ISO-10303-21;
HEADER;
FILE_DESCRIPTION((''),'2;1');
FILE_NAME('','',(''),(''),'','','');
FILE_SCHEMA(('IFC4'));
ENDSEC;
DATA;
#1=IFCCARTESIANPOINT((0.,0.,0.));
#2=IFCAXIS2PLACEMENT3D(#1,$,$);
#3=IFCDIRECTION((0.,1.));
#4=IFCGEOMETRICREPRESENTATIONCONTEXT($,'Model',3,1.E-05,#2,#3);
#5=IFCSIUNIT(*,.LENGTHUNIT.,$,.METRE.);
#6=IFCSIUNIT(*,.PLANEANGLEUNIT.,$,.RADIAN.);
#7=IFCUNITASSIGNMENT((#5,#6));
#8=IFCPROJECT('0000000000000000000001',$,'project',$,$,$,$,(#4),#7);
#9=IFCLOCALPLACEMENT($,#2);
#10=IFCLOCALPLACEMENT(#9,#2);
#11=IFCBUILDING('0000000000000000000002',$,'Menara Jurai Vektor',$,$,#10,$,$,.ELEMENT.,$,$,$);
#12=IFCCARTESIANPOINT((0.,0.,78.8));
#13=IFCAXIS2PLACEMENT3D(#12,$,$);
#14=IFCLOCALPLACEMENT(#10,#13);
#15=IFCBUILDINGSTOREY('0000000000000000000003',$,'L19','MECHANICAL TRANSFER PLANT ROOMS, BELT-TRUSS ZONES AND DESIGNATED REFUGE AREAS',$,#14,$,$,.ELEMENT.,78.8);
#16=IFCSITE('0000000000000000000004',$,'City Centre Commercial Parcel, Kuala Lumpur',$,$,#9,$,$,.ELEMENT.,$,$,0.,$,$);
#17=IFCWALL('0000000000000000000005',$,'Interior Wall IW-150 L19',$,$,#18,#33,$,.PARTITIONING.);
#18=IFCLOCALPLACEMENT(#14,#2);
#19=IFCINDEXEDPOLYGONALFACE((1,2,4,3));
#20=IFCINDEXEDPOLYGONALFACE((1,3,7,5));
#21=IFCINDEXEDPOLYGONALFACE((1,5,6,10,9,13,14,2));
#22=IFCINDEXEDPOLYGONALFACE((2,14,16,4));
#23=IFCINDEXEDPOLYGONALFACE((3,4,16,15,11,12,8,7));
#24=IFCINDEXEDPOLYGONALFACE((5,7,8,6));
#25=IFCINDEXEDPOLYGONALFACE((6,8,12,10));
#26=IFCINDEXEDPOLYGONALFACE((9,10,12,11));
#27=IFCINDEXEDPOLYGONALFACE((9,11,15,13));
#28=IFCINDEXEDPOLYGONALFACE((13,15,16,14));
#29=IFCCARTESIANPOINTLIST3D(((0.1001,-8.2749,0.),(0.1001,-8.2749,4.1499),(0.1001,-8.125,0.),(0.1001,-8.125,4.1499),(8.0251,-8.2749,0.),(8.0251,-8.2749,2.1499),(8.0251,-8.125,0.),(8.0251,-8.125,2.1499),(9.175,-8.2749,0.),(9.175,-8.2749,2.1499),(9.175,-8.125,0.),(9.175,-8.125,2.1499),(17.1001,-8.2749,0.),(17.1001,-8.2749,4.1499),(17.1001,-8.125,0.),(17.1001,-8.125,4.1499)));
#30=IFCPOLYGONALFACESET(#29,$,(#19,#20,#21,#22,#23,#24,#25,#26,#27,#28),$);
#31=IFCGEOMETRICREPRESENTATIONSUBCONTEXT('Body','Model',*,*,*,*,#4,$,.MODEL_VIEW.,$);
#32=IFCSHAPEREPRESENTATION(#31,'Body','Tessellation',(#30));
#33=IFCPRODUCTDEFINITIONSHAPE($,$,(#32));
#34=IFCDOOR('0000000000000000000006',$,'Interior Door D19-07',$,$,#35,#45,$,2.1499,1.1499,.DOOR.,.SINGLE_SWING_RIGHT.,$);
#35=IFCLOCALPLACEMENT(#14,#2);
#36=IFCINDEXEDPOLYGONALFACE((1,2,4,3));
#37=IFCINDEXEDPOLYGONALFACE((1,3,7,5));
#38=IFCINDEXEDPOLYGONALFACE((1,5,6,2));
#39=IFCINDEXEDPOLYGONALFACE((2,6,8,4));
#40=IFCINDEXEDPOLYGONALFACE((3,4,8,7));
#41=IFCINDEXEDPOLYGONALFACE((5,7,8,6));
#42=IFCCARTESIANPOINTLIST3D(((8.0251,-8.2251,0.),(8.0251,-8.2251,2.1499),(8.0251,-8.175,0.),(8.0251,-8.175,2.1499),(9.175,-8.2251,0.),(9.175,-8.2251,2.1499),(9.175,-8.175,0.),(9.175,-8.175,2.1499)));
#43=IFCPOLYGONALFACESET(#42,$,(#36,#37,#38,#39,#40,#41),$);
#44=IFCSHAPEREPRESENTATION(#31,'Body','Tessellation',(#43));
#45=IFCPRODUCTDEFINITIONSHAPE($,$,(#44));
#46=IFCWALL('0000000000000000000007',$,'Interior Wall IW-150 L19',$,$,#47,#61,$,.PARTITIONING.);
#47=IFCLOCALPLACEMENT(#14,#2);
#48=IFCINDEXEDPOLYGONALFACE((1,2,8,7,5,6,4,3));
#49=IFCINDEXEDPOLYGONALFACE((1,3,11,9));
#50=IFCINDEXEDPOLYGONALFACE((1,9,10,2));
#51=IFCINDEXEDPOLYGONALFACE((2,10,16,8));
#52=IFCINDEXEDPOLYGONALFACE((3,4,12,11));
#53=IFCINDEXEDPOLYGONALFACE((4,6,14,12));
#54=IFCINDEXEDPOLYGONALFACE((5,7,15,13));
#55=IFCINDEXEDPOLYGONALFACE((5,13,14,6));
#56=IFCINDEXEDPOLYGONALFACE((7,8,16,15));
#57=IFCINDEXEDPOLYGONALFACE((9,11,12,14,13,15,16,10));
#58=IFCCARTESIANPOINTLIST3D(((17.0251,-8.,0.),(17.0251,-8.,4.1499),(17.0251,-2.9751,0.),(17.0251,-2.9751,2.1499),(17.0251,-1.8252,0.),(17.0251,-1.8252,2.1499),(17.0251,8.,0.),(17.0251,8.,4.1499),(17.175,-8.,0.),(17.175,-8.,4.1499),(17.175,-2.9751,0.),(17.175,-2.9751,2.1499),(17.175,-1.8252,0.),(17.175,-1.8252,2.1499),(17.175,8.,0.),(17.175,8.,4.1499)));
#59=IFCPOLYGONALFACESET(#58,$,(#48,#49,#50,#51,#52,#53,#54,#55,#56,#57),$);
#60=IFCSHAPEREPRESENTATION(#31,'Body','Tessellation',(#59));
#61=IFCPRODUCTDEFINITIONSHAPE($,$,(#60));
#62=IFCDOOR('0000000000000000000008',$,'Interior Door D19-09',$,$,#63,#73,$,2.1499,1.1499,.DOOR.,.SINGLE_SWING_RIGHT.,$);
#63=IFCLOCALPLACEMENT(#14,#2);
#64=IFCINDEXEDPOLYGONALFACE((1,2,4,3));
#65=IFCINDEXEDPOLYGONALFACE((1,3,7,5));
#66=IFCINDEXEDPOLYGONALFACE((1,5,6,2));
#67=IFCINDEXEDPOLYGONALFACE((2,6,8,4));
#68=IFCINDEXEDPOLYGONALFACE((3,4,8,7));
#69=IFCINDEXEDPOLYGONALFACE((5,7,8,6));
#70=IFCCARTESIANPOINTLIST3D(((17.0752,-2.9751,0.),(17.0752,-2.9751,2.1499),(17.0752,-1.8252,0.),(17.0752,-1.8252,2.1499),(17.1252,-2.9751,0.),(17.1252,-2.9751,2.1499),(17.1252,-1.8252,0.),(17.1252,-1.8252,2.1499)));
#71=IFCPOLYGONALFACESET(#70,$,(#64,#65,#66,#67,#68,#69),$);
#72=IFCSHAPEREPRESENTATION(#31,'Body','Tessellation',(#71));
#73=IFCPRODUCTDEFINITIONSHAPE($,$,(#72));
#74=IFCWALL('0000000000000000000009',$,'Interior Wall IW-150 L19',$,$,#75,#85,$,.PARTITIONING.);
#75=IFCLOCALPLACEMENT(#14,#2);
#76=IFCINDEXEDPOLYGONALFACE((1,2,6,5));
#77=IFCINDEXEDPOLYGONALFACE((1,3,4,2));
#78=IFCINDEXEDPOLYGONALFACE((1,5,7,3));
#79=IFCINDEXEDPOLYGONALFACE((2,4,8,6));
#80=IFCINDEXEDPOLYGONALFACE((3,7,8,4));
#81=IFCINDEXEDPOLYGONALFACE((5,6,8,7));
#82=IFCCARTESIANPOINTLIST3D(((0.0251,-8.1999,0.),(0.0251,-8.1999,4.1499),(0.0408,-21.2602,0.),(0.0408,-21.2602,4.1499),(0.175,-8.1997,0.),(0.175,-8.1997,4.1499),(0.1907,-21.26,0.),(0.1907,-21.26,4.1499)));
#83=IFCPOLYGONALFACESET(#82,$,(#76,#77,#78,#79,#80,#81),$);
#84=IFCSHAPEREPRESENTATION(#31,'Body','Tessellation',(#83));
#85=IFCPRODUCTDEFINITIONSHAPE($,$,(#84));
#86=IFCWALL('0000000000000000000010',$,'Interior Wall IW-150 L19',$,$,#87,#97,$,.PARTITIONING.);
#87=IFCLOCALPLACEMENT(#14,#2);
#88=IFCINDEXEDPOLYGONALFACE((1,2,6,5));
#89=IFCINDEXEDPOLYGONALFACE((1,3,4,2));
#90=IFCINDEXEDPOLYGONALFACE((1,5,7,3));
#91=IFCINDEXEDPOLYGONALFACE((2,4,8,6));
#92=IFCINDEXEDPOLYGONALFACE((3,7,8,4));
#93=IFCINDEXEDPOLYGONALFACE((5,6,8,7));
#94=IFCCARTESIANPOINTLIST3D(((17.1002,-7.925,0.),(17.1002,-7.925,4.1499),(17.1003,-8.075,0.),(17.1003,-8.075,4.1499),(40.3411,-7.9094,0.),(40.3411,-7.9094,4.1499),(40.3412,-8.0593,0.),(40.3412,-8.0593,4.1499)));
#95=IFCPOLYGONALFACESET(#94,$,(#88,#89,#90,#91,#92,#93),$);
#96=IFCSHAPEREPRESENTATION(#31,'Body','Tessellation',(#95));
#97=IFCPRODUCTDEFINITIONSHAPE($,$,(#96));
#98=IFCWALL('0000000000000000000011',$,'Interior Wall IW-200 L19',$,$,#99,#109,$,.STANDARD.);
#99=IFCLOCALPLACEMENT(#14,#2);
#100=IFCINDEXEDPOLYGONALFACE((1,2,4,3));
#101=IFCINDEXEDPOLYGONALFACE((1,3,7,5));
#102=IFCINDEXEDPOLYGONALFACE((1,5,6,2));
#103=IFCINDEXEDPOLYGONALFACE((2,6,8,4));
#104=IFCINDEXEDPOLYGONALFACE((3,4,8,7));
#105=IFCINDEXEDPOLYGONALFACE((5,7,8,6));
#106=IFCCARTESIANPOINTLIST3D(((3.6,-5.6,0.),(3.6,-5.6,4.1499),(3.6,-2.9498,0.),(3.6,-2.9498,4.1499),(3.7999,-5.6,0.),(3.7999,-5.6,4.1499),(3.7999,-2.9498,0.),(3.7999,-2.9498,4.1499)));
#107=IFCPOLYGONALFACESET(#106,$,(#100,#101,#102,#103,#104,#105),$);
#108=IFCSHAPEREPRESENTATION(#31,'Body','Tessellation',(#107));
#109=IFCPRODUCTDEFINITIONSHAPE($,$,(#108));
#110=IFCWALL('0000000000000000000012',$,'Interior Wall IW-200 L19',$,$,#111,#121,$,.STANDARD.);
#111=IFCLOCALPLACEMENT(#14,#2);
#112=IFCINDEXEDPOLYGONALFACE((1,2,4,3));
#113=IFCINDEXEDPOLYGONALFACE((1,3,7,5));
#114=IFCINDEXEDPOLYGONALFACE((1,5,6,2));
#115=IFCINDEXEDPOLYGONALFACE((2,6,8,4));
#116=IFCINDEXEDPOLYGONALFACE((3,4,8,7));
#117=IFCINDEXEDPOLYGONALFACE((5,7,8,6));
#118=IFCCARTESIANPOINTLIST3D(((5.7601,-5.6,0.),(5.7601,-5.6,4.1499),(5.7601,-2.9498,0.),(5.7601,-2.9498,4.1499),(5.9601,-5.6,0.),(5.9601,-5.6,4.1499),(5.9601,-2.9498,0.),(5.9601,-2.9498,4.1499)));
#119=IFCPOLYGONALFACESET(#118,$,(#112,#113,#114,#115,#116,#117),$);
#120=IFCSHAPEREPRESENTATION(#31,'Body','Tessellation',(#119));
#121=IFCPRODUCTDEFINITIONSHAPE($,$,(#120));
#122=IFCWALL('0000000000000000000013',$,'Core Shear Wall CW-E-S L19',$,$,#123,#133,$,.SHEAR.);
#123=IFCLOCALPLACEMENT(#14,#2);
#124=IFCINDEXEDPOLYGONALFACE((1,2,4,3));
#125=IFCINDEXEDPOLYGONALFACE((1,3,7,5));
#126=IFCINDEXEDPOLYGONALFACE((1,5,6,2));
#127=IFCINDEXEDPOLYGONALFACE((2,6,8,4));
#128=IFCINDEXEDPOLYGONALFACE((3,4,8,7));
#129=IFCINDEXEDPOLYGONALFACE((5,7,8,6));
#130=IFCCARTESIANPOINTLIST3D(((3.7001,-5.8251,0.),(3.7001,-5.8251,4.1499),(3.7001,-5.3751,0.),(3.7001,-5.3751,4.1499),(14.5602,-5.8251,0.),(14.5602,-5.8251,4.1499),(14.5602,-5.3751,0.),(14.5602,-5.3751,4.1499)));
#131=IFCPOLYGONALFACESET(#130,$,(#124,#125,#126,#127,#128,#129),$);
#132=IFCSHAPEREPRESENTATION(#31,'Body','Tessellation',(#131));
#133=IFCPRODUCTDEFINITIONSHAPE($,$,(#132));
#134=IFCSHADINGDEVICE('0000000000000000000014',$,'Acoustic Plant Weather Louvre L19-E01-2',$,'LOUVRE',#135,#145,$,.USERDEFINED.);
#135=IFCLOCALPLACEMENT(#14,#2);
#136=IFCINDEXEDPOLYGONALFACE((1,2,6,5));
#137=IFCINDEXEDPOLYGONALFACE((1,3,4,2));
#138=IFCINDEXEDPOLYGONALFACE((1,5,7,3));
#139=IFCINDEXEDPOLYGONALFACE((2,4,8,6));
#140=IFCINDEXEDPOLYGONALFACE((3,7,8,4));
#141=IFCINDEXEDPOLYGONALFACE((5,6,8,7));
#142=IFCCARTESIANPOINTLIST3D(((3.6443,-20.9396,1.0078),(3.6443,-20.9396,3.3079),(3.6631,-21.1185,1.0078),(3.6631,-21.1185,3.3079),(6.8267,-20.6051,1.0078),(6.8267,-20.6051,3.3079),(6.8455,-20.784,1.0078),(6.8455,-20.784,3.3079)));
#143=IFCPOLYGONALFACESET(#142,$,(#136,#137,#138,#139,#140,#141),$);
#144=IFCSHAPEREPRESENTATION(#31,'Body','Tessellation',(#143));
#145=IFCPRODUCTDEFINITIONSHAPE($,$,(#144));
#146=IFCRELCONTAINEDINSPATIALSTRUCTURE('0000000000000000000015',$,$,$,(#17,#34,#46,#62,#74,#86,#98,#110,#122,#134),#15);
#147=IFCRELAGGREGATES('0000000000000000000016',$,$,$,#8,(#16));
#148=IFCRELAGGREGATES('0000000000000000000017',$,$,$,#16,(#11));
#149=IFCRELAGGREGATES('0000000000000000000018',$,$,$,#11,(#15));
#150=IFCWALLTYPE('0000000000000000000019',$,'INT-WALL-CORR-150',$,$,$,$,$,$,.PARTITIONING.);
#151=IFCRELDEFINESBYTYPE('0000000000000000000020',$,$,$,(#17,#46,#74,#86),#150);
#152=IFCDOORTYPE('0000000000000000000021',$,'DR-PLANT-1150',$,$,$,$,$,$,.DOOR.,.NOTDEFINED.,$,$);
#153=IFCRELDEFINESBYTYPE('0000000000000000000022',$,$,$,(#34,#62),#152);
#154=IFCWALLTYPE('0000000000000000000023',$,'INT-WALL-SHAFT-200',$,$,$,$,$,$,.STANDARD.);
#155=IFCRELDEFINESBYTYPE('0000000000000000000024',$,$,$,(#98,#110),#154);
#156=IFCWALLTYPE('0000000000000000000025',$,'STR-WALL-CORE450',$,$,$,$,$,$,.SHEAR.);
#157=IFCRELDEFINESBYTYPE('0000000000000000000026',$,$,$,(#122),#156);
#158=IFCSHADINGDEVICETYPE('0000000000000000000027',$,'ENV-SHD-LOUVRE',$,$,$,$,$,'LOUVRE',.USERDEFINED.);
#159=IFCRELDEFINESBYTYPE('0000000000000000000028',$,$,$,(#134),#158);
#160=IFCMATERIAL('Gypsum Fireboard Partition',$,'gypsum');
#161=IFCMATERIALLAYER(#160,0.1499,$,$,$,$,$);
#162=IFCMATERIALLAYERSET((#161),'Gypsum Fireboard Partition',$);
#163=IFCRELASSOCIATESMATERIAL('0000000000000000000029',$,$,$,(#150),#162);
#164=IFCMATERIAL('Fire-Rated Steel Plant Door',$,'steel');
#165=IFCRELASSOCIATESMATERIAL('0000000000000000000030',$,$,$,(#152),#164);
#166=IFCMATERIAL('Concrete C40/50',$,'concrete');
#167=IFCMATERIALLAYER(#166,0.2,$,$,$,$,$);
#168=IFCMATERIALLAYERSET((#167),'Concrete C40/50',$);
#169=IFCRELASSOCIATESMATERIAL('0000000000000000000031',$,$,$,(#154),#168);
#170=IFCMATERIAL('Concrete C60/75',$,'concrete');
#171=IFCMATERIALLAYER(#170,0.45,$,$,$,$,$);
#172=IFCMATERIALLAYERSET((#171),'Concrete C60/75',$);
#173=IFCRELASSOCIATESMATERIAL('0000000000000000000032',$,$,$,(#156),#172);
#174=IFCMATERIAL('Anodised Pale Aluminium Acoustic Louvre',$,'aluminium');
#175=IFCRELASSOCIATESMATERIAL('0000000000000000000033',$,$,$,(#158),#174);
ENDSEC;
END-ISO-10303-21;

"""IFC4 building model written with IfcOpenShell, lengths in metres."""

from ifc_helpers import new_model, si_unit, direction, frame, frame_2d, origin, origin_2d, place, context, subcontext, project, spatial, rectangle, extrude, material, layer, layer_set, type_object, element, fill, save


model = new_model("IFC4")

# Units and contexts
model_context = context("Model", 3, precision=1e-05, world=origin(), true_north=direction((0.0, 1.0)))
body_context = subcontext(model_context, "Body", "Model", "MODEL_VIEW")
ifc_project = project(units=[si_unit("LENGTHUNIT", "METRE"), si_unit("PLANEANGLEUNIT", "RADIAN")], contexts=[model_context])

# Site, building, storey
site_placement = place(None, origin())
site = spatial("IfcSite", under=ifc_project, at=site_placement, Name="City Centre Commercial Parcel, Kuala Lumpur", CompositionType="ELEMENT", RefElevation=0.0)
building_placement = place(site_placement, origin())
building = spatial("IfcBuilding", under=site, at=building_placement, Name="Menara Jurai Vektor", CompositionType="ELEMENT")
storey_placement = place(building_placement, frame((0.0, 0.0, 78.8)))
storey = spatial("IfcBuildingStorey", under=building, at=storey_placement, Name="L19", Description="MECHANICAL TRANSFER PLANT ROOMS, BELT-TRUSS ZONES AND DESIGNATED REFUGE AREAS", CompositionType="ELEMENT", Elevation=78.8)

# Shared definitions
ifc_material_1 = material(Name="Concrete C60/75", Category="concrete")

# Walls, openings, doors
ifc_material_2 = material(Name="Gypsum Fireboard Partition", Category="gypsum")
ifc_layer_1 = layer(ifc_material_2, 0.1499)
ifc_layer_set_1 = layer_set([ifc_layer_1], Name="Gypsum Fireboard Partition")
wall_type_1 = type_object("IfcWallType", Name="INT-WALL-CORR-150", PredefinedType="PARTITIONING", material=ifc_layer_set_1)
wall_1_placement = place(storey_placement, frame((0.1001, -8.2, 0.0), z_axis=(0.0, 0.0, 1.0), x_axis=(1.0, 0.0, 0.0)))
wall_1 = element("IfcWall", 1, at=wall_1_placement, inside=storey, type_object=wall_type_1, Name="Interior Wall IW-150 L19", PredefinedType="PARTITIONING", context=body_context, shape_type="SweptSolid", body=[
    extrude(rectangle(XDim=17.0, YDim=0.1499, at=frame_2d((8.5, 0.0))), origin(), (0.0, 0.0, 1.0), 4.1499),
])
opening_1_placement = place(wall_1_placement, frame((7.925, 0.0, 0.0)))
opening_1 = element("IfcOpeningElement", 2, at=opening_1_placement, cuts=wall_1, PredefinedType="OPENING", context=body_context, shape_type="SweptSolid", body=[
    extrude(rectangle(XDim=1.1499, YDim=2.1499, at=frame_2d((0.575, 1.075))), frame((0.0, 0.085, 0.0), z_axis=(0.0, -1.0, 0.0), x_axis=(1.0, 0.0, 0.0)), (0.0, 0.0, 1.0), 0.1699),
])
ifc_material_3 = material(Name="Fire-Rated Steel Plant Door", Category="steel")
door_type = type_object("IfcDoorType", Name="DR-PLANT-1150", OperationType="NOTDEFINED", PredefinedType="DOOR", material=ifc_material_3)
door_1_placement = place(opening_1_placement, origin())
door_1 = element("IfcDoor", 3, at=door_1_placement, inside=storey, type_object=door_type, Name="Interior Door D19-07", OperationType="SINGLE_SWING_RIGHT", OverallHeight=2.1499, OverallWidth=1.1499, PredefinedType="DOOR", context=body_context, shape_type="SweptSolid", body=[
    extrude(rectangle(XDim=1.1499, YDim=2.1499, at=frame_2d((0.575, 1.075))), frame((0.0, 0.0249, 0.0), z_axis=(0.0, -1.0, 0.0), x_axis=(1.0, 0.0, 0.0)), (0.0, 0.0, 1.0), 0.05),
])
fill(opening_1, door_1)
wall_2_placement = place(storey_placement, frame((17.1001, -8.0, 0.0), z_axis=(0.0, 0.0, 1.0), x_axis=(0.0, 1.0, 0.0)))
wall_2 = element("IfcWall", 4, at=wall_2_placement, inside=storey, type_object=wall_type_1, Name="Interior Wall IW-150 L19", PredefinedType="PARTITIONING", context=body_context, shape_type="SweptSolid", body=[
    extrude(rectangle(XDim=16.0, YDim=0.1499, at=frame_2d((8.0, 0.0))), origin(), (0.0, 0.0, 1.0), 4.1499),
])
opening_2_placement = place(wall_2_placement, frame((5.0249, 0.0, 0.0)))
opening_2 = element("IfcOpeningElement", 5, at=opening_2_placement, cuts=wall_2, PredefinedType="OPENING", context=body_context, shape_type="SweptSolid", body=[
    extrude(rectangle(XDim=1.1499, YDim=2.1499, at=frame_2d((0.575, 1.075))), frame((0.0, 0.085, 0.0), z_axis=(0.0, -1.0, 0.0), x_axis=(1.0, 0.0, 0.0)), (0.0, 0.0, 1.0), 0.1699),
])
door_2_placement = place(opening_2_placement, origin())
door_2 = element("IfcDoor", 6, at=door_2_placement, inside=storey, type_object=door_type, Name="Interior Door D19-09", OperationType="SINGLE_SWING_RIGHT", OverallHeight=2.1499, OverallWidth=1.1499, PredefinedType="DOOR", context=body_context, shape_type="SweptSolid", body=[
    extrude(rectangle(XDim=1.1499, YDim=2.1499, at=frame_2d((0.575, 1.075))), frame((0.0, 0.0249, 0.0), z_axis=(0.0, -1.0, 0.0), x_axis=(1.0, 0.0, 0.0)), (0.0, 0.0, 1.0), 0.05),
])
fill(opening_2, door_2)

# Walls
wall_3_placement = place(storey_placement, frame((0.1157, -21.2603, 0.0), z_axis=(0.0, 0.0, 1.0), x_axis=(-0.001196, 0.999999, 0.0)))
element("IfcWall", 7, at=wall_3_placement, inside=storey, type_object=wall_type_1, Name="Interior Wall IW-150 L19", PredefinedType="PARTITIONING", context=body_context, shape_type="SweptSolid", body=[
    extrude(rectangle(XDim=13.0603, YDim=0.1499, at=frame_2d((6.5303, 0.0))), origin(), (0.0, 0.0, 1.0), 4.1499),
])
wall_4_placement = place(storey_placement, frame((17.1001, -8.0, 0.0), z_axis=(0.0, 0.0, 1.0), x_axis=(1.0, 0.000672, 0.0)))
element("IfcWall", 8, at=wall_4_placement, inside=storey, type_object=wall_type_1, Name="Interior Wall IW-150 L19", PredefinedType="PARTITIONING", context=body_context, shape_type="SweptSolid", body=[
    extrude(rectangle(XDim=23.241, YDim=0.1499, at=frame_2d((11.6206, 0.0))), origin(), (0.0, 0.0, 1.0), 4.1499),
])
ifc_material_4 = material(Name="Concrete C40/50", Category="concrete")
ifc_layer_2 = layer(ifc_material_4, 0.2)
ifc_layer_set_2 = layer_set([ifc_layer_2], Name="Concrete C40/50")
wall_type_2 = type_object("IfcWallType", Name="INT-WALL-SHAFT-200", PredefinedType="STANDARD", material=ifc_layer_set_2)
for number, where, z_axis, x_axis, name in (
    (9, (3.7, -5.6001, 0.0), (0.0, 0.0, 1.0), (0.0, 1.0, 0.0), "Interior Wall IW-200 L19"),
    (10, (5.8601, -5.6001, 0.0), (0.0, 0.0, 1.0), (0.0, 1.0, 0.0), "Interior Wall IW-200 L19"),
):
    element("IfcWall", number, at=place(storey_placement, frame(where, z_axis=z_axis, x_axis=x_axis)), inside=storey, type_object=wall_type_2, Name=name, PredefinedType="STANDARD", context=body_context, shape_type="SweptSolid", body=[
        extrude(rectangle(XDim=2.6501, YDim=0.2, at=frame_2d((1.3252, 0.0))), origin(), (0.0, 0.0, 1.0), 4.1499),
    ])
ifc_layer_3 = layer(ifc_material_1, 0.45)
ifc_layer_set_3 = layer_set([ifc_layer_3], Name="Concrete C60/75")
wall_type_3 = type_object("IfcWallType", Name="STR-WALL-CORE450", PredefinedType="SHEAR", material=ifc_layer_set_3)
wall_5_placement = place(storey_placement, frame((3.7, -5.6001, 0.0), z_axis=(0.0, 0.0, 1.0), x_axis=(1.0, 0.0, 0.0)))
element("IfcWall", 11, at=wall_5_placement, inside=storey, type_object=wall_type_3, Name="Core Shear Wall CW-E-S L19", PredefinedType="SHEAR", context=body_context, shape_type="SweptSolid", body=[
    extrude(rectangle(XDim=10.8601, YDim=0.45, at=frame_2d((5.4302, 0.0))), origin(), (0.0, 0.0, 1.0), 4.1499),
])

# Shading device
ifc_material_5 = material(Name="Anodised Pale Aluminium Acoustic Louvre", Category="aluminium")
shading_device_type = type_object("IfcShadingDeviceType", Name="ENV-SHD-LOUVRE", ElementType="LOUVRE", PredefinedType="USERDEFINED", material=ifc_material_5)
shading_device_placement = place(storey_placement, frame((5.2449, -20.8618, 1.0078), z_axis=(0.0, 0.0, 1.0), x_axis=(0.994522, 0.104528, 0.0)))
element("IfcShadingDevice", 12, at=shading_device_placement, inside=storey, type_object=shading_device_type, Name="Acoustic Plant Weather Louvre L19-E01-2", ObjectType="LOUVRE", PredefinedType="USERDEFINED", context=body_context, shape_type="SweptSolid", body=[
    extrude(rectangle(XDim=3.2, YDim=0.1799, at=origin_2d()), origin(), (0.0, 0.0, 1.0), 2.3),
])

save(model, "model.ifc")
